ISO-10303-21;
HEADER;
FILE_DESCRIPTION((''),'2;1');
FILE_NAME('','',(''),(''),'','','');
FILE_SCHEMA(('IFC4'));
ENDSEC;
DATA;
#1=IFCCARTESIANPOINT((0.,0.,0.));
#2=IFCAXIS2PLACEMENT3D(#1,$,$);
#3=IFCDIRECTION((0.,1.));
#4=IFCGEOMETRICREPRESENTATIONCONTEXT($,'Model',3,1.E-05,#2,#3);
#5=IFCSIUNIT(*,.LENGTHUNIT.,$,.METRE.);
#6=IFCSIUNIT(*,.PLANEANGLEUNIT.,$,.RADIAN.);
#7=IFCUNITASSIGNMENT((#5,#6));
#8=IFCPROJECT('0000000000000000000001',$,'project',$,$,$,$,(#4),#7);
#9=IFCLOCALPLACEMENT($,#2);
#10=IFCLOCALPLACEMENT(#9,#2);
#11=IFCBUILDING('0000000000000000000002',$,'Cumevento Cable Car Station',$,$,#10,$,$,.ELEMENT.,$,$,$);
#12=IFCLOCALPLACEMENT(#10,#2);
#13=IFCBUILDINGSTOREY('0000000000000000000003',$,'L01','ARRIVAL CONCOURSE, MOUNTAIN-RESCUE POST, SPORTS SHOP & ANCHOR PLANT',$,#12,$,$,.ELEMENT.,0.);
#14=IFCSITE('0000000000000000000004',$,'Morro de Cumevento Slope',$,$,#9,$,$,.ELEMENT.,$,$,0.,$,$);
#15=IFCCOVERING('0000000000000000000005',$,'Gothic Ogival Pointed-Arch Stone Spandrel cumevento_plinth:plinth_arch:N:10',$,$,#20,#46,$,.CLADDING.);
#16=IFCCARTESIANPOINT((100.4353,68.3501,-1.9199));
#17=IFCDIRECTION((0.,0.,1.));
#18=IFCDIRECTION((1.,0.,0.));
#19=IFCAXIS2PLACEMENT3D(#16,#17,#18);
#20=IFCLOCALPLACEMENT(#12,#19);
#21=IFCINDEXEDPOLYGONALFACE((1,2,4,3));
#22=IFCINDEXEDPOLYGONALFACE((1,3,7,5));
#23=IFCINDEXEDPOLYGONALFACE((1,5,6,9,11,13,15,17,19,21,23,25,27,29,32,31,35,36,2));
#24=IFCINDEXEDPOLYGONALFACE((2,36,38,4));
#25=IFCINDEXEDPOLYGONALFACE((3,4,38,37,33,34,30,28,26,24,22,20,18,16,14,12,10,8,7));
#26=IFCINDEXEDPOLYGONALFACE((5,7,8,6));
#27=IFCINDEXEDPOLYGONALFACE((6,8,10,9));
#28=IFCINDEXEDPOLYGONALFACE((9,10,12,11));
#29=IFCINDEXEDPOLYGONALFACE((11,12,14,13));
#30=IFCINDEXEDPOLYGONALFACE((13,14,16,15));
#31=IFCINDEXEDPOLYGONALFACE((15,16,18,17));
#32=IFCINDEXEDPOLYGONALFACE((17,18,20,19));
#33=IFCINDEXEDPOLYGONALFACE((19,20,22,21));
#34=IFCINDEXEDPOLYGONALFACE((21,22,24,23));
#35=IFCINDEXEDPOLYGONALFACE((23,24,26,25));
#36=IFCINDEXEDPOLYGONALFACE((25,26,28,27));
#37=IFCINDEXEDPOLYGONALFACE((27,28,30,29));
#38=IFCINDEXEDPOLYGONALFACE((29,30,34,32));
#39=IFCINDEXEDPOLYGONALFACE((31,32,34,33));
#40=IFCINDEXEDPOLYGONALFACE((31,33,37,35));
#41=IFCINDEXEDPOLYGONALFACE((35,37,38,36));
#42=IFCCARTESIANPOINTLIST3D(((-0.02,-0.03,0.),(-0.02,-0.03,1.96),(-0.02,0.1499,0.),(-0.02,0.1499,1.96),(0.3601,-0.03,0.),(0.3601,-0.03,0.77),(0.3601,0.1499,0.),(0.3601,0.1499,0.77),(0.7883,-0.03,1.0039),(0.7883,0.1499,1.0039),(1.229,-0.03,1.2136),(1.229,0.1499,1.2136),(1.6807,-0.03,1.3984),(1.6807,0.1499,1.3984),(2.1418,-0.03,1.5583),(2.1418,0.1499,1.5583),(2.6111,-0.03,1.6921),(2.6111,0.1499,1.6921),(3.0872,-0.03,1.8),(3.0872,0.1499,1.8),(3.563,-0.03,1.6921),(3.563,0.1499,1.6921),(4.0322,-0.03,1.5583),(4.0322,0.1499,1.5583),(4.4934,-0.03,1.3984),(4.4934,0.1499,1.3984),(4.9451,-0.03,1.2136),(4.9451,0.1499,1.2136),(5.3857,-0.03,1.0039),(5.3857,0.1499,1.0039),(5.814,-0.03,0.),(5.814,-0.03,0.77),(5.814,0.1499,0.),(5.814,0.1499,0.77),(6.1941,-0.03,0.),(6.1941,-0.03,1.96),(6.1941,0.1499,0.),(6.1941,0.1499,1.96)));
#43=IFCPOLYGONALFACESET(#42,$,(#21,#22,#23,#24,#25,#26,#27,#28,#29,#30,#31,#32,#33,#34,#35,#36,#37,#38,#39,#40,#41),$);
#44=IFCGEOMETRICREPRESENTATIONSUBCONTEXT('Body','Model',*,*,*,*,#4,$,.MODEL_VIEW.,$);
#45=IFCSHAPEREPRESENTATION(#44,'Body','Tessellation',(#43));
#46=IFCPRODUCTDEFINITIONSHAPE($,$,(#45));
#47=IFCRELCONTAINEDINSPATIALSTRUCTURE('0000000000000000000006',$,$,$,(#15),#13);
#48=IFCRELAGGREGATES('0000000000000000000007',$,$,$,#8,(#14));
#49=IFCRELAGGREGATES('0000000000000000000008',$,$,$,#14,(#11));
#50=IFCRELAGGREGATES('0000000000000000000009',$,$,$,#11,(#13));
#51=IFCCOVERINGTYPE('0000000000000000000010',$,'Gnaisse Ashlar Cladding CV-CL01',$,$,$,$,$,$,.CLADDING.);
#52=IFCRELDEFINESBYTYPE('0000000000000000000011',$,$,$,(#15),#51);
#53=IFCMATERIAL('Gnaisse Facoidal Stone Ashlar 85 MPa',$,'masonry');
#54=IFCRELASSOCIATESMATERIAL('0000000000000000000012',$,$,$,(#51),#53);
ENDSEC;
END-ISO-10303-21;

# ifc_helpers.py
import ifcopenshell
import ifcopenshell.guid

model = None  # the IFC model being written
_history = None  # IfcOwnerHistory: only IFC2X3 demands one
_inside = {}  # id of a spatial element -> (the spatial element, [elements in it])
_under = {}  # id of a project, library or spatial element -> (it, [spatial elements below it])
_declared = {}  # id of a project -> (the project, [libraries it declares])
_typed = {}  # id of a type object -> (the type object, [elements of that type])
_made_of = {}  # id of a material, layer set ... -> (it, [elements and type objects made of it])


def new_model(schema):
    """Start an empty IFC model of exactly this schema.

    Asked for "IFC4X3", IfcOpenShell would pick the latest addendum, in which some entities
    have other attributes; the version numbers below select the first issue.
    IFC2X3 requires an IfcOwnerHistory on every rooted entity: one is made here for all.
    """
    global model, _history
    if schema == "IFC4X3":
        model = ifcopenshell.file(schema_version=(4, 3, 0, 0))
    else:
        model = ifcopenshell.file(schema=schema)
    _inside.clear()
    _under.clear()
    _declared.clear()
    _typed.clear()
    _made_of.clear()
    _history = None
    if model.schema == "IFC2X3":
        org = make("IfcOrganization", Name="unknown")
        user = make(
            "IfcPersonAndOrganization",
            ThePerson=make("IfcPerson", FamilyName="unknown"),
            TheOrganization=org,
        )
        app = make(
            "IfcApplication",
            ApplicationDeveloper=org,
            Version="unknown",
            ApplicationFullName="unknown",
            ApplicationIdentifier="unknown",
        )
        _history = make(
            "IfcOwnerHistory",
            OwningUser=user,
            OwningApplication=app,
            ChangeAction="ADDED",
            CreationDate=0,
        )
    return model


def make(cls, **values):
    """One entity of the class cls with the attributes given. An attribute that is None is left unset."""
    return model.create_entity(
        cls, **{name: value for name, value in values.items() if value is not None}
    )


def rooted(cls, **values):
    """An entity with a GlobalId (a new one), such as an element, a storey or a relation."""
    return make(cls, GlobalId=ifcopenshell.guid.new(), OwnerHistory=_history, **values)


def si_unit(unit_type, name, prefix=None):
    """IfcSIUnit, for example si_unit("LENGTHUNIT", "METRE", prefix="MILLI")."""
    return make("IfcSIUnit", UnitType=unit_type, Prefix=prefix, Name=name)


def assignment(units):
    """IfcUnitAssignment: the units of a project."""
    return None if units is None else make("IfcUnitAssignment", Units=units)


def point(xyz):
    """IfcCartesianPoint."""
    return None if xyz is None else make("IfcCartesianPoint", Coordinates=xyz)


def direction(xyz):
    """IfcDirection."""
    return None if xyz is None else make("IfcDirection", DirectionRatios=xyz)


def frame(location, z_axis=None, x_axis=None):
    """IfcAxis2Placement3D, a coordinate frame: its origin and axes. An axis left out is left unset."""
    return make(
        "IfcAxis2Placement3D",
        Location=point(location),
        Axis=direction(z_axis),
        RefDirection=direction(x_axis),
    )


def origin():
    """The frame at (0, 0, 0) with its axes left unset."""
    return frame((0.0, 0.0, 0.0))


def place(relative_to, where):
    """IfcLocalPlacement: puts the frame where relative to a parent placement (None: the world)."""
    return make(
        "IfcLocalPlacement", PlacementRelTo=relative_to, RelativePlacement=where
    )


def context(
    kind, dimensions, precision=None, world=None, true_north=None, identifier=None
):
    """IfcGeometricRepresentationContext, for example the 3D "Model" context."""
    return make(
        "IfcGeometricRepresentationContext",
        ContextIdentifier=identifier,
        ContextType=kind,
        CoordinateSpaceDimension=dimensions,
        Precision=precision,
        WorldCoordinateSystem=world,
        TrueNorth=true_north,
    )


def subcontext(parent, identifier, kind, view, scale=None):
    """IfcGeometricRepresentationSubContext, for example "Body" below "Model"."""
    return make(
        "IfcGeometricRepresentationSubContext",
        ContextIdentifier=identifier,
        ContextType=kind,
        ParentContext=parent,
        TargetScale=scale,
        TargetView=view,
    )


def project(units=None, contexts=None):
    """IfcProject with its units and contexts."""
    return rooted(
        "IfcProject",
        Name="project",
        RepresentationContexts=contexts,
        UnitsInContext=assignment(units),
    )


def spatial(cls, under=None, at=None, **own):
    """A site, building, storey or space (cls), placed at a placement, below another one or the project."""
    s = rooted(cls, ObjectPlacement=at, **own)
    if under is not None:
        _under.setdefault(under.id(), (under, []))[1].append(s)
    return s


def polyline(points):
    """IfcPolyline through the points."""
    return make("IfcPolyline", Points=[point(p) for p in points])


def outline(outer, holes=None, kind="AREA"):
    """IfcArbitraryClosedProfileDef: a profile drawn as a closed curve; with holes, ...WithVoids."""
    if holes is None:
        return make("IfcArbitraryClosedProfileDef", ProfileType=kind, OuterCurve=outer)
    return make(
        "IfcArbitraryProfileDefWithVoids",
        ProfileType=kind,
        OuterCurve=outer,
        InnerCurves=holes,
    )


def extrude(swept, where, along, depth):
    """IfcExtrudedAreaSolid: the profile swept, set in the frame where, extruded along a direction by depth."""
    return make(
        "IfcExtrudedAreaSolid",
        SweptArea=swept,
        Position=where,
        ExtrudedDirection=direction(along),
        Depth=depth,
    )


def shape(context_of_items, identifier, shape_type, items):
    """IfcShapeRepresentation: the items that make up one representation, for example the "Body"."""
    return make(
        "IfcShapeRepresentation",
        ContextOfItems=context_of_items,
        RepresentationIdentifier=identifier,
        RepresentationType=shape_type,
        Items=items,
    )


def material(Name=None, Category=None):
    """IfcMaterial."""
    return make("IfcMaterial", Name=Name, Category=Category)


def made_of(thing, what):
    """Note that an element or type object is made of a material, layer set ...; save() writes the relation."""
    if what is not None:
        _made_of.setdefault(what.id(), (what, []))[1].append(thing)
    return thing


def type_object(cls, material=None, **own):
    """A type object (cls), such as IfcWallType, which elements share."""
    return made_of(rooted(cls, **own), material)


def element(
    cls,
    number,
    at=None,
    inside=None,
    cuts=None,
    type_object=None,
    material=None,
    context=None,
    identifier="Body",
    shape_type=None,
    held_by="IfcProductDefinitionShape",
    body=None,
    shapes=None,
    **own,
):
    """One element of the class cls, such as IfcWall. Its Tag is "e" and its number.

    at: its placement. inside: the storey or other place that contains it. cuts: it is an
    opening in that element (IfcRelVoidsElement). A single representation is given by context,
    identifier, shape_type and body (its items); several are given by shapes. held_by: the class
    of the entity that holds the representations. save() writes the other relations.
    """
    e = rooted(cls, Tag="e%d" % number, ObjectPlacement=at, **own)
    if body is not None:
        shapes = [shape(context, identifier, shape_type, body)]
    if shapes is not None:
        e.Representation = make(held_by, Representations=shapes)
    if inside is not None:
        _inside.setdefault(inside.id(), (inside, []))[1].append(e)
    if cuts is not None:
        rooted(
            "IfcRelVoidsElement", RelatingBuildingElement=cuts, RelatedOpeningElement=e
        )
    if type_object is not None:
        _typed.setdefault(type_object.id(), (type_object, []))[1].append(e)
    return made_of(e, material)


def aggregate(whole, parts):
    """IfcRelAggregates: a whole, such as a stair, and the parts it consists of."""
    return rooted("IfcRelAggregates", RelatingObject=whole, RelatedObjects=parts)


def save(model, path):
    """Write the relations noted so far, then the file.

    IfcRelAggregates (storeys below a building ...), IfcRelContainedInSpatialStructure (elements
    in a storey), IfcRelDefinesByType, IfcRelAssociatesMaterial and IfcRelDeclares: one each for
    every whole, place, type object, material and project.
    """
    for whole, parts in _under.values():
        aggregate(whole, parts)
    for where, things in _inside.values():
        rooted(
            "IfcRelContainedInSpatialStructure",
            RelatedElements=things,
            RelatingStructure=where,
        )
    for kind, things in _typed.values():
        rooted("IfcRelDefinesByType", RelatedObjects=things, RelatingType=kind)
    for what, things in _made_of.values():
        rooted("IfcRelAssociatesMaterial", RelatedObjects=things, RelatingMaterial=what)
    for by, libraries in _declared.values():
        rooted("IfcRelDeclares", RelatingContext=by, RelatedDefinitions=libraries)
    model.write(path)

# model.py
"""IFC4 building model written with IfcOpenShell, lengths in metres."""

from ifc_helpers import new_model, si_unit, direction, frame, origin, place, context, subcontext, project, spatial, polyline, outline, extrude, material, type_object, element, save


model = new_model("IFC4")

# Units and contexts
model_context = context("Model", 3, precision=1e-05, world=origin(), true_north=direction((0.0, 1.0)))
body_context = subcontext(model_context, "Body", "Model", "MODEL_VIEW")
ifc_project = project(units=[si_unit("LENGTHUNIT", "METRE"), si_unit("PLANEANGLEUNIT", "RADIAN")], contexts=[model_context])

# Site, building, storey
site_placement = place(None, origin())
site = spatial("IfcSite", under=ifc_project, at=site_placement, Name="Morro de Cumevento Slope", CompositionType="ELEMENT", RefElevation=0.0)
building_placement = place(site_placement, origin())
building = spatial("IfcBuilding", under=site, at=building_placement, Name="Cumevento Cable Car Station", CompositionType="ELEMENT")
storey_placement = place(building_placement, origin())
storey = spatial("IfcBuildingStorey", under=building, at=storey_placement, Name="L01", Description="ARRIVAL CONCOURSE, MOUNTAIN-RESCUE POST, SPORTS SHOP & ANCHOR PLANT", CompositionType="ELEMENT", Elevation=0.0)

# Covering
ifc_material_1 = material(Name="Gnaisse Facoidal Stone Ashlar 85 MPa", Category="masonry")
covering_type = type_object("IfcCoveringType", Name="Gnaisse Ashlar Cladding CV-CL01", PredefinedType="CLADDING", material=ifc_material_1)
for number, where, z_axis, x_axis, name in (
    (1, (100.4353, 68.3501, -1.9199), (0.0, 0.0, 1.0), (1.0, 0.0, 0.0), "Gothic Ogival Pointed-Arch Stone Spandrel cumevento_plinth:plinth_arch:N:10"),
):
    element("IfcCovering", number, at=place(storey_placement, frame(where, z_axis=z_axis, x_axis=x_axis)), inside=storey, type_object=covering_type, Name=name, PredefinedType="CLADDING", context=body_context, shape_type="SweptSolid", body=[
        extrude(outline(polyline([(-0.02, 0.0), (-0.02, 1.96), (6.1941, 1.96), (6.1941, 0.0), (5.814, 0.0), (5.814, 0.77), (5.3857, 1.0039), (4.9451, 1.2136), (4.4934, 1.3984), (4.0322, 1.5583), (3.563, 1.6921), (3.0872, 1.8), (2.6111, 1.6921), (2.1418, 1.5583), (1.6807, 1.3984), (1.229, 1.2136), (0.7883, 1.0039), (0.3601, 0.77), (0.3601, 0.0), (-0.02, 0.0)])), frame((0.0, 0.1499, 0.0), z_axis=(0.0, -1.0, 0.0), x_axis=(1.0, 0.0, 0.0)), (0.0, 0.0, 1.0), 0.1799),
    ])

save(model, "model.ifc")
